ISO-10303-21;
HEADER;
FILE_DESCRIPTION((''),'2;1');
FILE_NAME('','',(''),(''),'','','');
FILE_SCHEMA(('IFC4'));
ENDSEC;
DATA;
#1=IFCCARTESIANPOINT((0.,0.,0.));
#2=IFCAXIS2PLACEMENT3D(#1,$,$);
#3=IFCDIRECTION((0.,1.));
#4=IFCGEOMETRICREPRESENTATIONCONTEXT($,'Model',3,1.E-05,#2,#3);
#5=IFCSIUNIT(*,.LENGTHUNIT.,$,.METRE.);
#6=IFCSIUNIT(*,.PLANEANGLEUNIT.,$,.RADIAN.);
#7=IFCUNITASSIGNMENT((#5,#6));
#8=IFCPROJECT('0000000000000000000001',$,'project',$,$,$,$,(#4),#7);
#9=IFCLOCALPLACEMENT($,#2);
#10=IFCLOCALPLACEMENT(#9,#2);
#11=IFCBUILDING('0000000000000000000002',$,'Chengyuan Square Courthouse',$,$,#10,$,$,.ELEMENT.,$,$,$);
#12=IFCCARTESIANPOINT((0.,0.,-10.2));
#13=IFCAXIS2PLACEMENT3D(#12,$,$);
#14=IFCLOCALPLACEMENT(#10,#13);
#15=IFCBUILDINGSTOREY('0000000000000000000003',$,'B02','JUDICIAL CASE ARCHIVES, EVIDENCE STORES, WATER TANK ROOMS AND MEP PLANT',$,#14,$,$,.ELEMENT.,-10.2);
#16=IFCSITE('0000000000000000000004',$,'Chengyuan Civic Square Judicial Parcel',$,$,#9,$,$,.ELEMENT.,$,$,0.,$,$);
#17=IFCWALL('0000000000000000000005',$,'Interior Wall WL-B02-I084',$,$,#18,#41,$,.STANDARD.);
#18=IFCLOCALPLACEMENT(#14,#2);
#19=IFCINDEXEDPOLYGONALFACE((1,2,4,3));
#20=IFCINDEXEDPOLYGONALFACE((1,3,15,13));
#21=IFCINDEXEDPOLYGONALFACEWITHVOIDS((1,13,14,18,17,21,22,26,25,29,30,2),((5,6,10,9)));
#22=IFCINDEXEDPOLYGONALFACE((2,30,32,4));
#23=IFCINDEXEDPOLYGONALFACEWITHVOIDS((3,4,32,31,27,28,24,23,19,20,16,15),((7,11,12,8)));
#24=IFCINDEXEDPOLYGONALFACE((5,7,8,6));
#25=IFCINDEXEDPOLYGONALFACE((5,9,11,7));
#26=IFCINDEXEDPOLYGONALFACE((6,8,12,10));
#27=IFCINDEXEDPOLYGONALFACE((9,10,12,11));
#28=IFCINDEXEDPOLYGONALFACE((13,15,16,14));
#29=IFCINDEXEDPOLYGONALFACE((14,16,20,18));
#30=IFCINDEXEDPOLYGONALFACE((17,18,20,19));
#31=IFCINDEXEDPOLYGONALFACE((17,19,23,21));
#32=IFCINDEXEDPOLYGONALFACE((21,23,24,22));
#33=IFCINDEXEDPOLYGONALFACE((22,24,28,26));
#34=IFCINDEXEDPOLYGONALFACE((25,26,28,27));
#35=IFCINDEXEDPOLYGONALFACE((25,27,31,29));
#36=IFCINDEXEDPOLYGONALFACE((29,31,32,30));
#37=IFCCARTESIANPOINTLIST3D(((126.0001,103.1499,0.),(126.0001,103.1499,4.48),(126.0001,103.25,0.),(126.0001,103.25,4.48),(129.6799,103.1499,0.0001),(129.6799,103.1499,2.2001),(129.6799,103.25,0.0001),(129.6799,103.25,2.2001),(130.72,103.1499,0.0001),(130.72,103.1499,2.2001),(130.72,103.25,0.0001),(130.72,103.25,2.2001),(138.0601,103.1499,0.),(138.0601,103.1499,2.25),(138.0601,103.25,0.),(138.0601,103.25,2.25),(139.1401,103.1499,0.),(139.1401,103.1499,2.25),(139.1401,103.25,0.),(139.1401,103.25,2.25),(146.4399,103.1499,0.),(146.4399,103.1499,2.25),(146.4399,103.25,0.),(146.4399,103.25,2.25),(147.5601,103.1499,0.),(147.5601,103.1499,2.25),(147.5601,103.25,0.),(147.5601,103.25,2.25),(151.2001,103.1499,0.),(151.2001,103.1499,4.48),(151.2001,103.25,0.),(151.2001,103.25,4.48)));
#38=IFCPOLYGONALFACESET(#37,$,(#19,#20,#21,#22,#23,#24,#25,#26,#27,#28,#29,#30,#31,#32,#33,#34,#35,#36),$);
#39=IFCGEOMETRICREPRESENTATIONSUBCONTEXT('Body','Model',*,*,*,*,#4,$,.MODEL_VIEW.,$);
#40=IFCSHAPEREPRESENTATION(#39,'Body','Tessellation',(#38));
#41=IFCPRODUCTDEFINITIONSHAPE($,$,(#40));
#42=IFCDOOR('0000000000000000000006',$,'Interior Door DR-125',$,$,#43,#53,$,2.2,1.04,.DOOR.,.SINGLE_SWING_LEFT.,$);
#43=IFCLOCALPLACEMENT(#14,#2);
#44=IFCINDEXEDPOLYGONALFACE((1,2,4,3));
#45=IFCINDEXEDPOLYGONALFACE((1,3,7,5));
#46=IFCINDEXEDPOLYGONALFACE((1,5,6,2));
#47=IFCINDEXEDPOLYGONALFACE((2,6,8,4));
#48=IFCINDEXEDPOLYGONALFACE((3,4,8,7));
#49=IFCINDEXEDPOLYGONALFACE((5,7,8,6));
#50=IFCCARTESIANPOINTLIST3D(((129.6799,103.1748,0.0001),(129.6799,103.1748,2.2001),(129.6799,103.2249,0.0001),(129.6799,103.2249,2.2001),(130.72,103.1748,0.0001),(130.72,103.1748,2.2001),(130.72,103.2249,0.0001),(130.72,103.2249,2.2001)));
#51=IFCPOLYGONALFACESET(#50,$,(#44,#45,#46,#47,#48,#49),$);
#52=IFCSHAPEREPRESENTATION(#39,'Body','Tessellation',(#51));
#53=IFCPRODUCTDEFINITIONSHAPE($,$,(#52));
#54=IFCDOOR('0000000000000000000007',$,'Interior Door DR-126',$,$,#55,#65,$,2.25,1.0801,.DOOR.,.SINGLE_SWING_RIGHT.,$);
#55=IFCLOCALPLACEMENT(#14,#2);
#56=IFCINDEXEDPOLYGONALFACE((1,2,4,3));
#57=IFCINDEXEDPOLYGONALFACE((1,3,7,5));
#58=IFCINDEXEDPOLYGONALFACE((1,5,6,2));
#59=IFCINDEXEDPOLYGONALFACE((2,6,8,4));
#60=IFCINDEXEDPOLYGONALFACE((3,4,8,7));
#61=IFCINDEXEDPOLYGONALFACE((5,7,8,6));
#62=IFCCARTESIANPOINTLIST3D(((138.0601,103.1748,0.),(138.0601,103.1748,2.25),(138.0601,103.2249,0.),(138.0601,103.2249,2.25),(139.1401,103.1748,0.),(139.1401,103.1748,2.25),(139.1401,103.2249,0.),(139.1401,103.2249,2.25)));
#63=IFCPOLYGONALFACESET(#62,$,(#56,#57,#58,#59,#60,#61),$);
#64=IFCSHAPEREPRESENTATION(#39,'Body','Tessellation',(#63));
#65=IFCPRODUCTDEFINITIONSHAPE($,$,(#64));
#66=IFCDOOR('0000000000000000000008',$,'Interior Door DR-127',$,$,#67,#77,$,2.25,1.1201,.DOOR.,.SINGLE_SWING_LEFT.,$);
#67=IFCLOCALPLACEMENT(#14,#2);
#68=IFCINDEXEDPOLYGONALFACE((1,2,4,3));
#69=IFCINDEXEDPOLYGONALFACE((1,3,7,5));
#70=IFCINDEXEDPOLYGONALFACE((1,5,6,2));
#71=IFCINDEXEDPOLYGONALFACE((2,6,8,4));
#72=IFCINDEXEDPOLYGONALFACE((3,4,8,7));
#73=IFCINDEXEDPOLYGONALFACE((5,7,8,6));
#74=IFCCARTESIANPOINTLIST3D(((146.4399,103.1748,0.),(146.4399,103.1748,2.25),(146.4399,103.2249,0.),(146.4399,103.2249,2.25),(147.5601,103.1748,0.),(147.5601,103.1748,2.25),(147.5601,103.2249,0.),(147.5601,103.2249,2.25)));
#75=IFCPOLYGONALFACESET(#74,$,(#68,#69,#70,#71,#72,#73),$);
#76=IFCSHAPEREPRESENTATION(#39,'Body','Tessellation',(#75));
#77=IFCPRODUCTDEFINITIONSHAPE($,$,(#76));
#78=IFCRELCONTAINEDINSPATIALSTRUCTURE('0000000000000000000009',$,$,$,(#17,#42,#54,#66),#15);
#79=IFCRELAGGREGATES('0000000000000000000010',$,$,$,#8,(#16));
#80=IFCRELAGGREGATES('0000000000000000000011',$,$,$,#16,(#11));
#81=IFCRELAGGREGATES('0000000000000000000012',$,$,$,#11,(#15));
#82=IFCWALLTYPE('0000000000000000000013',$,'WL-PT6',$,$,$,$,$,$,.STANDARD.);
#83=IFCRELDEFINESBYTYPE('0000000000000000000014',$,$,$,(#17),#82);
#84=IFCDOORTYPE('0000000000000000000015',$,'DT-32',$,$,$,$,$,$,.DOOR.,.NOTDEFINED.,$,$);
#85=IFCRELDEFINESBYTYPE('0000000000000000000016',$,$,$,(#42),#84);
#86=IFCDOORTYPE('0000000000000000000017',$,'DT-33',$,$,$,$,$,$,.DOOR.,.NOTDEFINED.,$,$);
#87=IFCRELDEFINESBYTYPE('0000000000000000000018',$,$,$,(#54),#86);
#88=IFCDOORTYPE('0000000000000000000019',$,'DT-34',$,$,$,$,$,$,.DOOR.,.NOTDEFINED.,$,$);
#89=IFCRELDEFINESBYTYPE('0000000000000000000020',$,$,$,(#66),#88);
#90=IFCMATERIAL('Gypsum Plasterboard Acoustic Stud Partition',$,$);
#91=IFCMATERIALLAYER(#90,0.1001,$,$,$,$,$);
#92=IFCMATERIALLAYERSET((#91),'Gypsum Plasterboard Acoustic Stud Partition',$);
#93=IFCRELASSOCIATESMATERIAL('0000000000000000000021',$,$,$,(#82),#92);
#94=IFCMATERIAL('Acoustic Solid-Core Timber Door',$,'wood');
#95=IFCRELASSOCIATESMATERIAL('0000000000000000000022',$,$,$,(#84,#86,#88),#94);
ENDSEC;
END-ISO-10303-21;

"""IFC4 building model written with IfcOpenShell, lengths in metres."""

from ifc_helpers import new_model, si_unit, direction, frame, frame_2d, origin, place, context, subcontext, project, spatial, rectangle, extrude, material, layer, layer_set, type_object, element, fill, save


model = new_model("IFC4")

# Units and contexts
model_context = context("Model", 3, precision=1e-05, world=origin(), true_north=direction((0.0, 1.0)))
body_context = subcontext(model_context, "Body", "Model", "MODEL_VIEW")
ifc_project = project(units=[si_unit("LENGTHUNIT", "METRE"), si_unit("PLANEANGLEUNIT", "RADIAN")], contexts=[model_context])

# Site, building, storey
site_placement = place(None, origin())
site = spatial("IfcSite", under=ifc_project, at=site_placement, Name="Chengyuan Civic Square Judicial Parcel", CompositionType="ELEMENT", RefElevation=0.0)
building_placement = place(site_placement, origin())
building = spatial("IfcBuilding", under=site, at=building_placement, Name="Chengyuan Square Courthouse", CompositionType="ELEMENT")
storey_placement = place(building_placement, frame((0.0, 0.0, -10.2)))
storey = spatial("IfcBuildingStorey", under=building, at=storey_placement, Name="B02", Description="JUDICIAL CASE ARCHIVES, EVIDENCE STORES, WATER TANK ROOMS AND MEP PLANT", CompositionType="ELEMENT", Elevation=-10.2)

# Wall, openings, doors
ifc_material_1 = material(Name="Gypsum Plasterboard Acoustic Stud Partition")
ifc_layer_1 = layer(ifc_material_1, 0.1001)
ifc_layer_set_1 = layer_set([ifc_layer_1], Name="Gypsum Plasterboard Acoustic Stud Partition")
wall_type_1 = type_object("IfcWallType", Name="WL-PT6", PredefinedType="STANDARD", material=ifc_layer_set_1)
ifc_material_2 = material(Name="Acoustic Solid-Core Timber Door", Category="wood")
wall_1_placement = place(storey_placement, frame((126.0, 103.2, 0.0), z_axis=(0.0, 0.0, 1.0), x_axis=(1.0, 0.0, 0.0)))
wall_1 = element("IfcWall", 1, at=wall_1_placement, inside=storey, type_object=wall_type_1, Name="Interior Wall WL-B02-I084", PredefinedType="STANDARD", context=body_context, shape_type="SweptSolid", body=[
    extrude(rectangle(XDim=25.2, YDim=0.1001, at=frame_2d((12.6001, 0.0))), origin(), (0.0, 0.0, 1.0), 4.48),
])
opening_1_placement = place(wall_1_placement, frame((3.6799, 0.0, 0.0)))
opening_1 = element("IfcOpeningElement", 2, at=opening_1_placement, cuts=wall_1, PredefinedType="OPENING", context=body_context, shape_type="SweptSolid", body=[
    extrude(rectangle(XDim=1.04, YDim=2.2, at=frame_2d((0.52, 1.1001))), frame((0.0, 0.062, 0.0), z_axis=(0.0, -1.0, 0.0), x_axis=(1.0, 0.0, 0.0)), (0.0, 0.0, 1.0), 0.124),
])
opening_2_placement = place(wall_1_placement, frame((12.0601, 0.0, 0.0)))
opening_2 = element("IfcOpeningElement", 3, at=opening_2_placement, cuts=wall_1, PredefinedType="OPENING", context=body_context, shape_type="SweptSolid", body=[
    extrude(rectangle(XDim=1.0801, YDim=2.25, at=frame_2d((0.54, 1.125))), frame((0.0, 0.062, 0.0), z_axis=(0.0, -1.0, 0.0), x_axis=(1.0, 0.0, 0.0)), (0.0, 0.0, 1.0), 0.124),
])
opening_3_placement = place(wall_1_placement, frame((20.4399, 0.0, 0.0)))
opening_3 = element("IfcOpeningElement", 4, at=opening_3_placement, cuts=wall_1, PredefinedType="OPENING", context=body_context, shape_type="SweptSolid", body=[
    extrude(rectangle(XDim=1.1201, YDim=2.25, at=frame_2d((0.5601, 1.125))), frame((0.0, 0.062, 0.0), z_axis=(0.0, -1.0, 0.0), x_axis=(1.0, 0.0, 0.0)), (0.0, 0.0, 1.0), 0.124),
])
door_type_1 = type_object("IfcDoorType", Name="DT-32", OperationType="NOTDEFINED", PredefinedType="DOOR", material=ifc_material_2)
door_1_placement = place(opening_1_placement, origin())
door_1 = element("IfcDoor", 5, at=door_1_placement, inside=storey, type_object=door_type_1, Name="Interior Door DR-125", OperationType="SINGLE_SWING_LEFT", OverallHeight=2.2, OverallWidth=1.04, PredefinedType="DOOR", context=body_context, shape_type="SweptSolid", body=[
    extrude(rectangle(XDim=1.04, YDim=2.2, at=frame_2d((0.52, 1.1001))), frame((0.0, 0.0249, 0.0), z_axis=(0.0, -1.0, 0.0), x_axis=(1.0, 0.0, 0.0)), (0.0, 0.0, 1.0), 0.05),
])
fill(opening_1, door_1)
door_type_2 = type_object("IfcDoorType", Name="DT-33", OperationType="NOTDEFINED", PredefinedType="DOOR", material=ifc_material_2)
door_2_placement = place(opening_2_placement, origin())
door_2 = element("IfcDoor", 6, at=door_2_placement, inside=storey, type_object=door_type_2, Name="Interior Door DR-126", OperationType="SINGLE_SWING_RIGHT", OverallHeight=2.25, OverallWidth=1.0801, PredefinedType="DOOR", context=body_context, shape_type="SweptSolid", body=[
    extrude(rectangle(XDim=1.0801, YDim=2.25, at=frame_2d((0.54, 1.125))), frame((0.0, 0.0249, 0.0), z_axis=(0.0, -1.0, 0.0), x_axis=(1.0, 0.0, 0.0)), (0.0, 0.0, 1.0), 0.05),
])
fill(opening_2, door_2)
door_type_3 = type_object("IfcDoorType", Name="DT-34", OperationType="NOTDEFINED", PredefinedType="DOOR", material=ifc_material_2)
door_3_placement = place(opening_3_placement, origin())
door_3 = element("IfcDoor", 7, at=door_3_placement, inside=storey, type_object=door_type_3, Name="Interior Door DR-127", OperationType="SINGLE_SWING_LEFT", OverallHeight=2.25, OverallWidth=1.1201, PredefinedType="DOOR", context=body_context, shape_type="SweptSolid", body=[
    extrude(rectangle(XDim=1.1201, YDim=2.25, at=frame_2d((0.5601, 1.125))), frame((0.0, 0.0249, 0.0), z_axis=(0.0, -1.0, 0.0), x_axis=(1.0, 0.0, 0.0)), (0.0, 0.0, 1.0), 0.05),
])
fill(opening_3, door_3)

save(model, "model.ifc")
